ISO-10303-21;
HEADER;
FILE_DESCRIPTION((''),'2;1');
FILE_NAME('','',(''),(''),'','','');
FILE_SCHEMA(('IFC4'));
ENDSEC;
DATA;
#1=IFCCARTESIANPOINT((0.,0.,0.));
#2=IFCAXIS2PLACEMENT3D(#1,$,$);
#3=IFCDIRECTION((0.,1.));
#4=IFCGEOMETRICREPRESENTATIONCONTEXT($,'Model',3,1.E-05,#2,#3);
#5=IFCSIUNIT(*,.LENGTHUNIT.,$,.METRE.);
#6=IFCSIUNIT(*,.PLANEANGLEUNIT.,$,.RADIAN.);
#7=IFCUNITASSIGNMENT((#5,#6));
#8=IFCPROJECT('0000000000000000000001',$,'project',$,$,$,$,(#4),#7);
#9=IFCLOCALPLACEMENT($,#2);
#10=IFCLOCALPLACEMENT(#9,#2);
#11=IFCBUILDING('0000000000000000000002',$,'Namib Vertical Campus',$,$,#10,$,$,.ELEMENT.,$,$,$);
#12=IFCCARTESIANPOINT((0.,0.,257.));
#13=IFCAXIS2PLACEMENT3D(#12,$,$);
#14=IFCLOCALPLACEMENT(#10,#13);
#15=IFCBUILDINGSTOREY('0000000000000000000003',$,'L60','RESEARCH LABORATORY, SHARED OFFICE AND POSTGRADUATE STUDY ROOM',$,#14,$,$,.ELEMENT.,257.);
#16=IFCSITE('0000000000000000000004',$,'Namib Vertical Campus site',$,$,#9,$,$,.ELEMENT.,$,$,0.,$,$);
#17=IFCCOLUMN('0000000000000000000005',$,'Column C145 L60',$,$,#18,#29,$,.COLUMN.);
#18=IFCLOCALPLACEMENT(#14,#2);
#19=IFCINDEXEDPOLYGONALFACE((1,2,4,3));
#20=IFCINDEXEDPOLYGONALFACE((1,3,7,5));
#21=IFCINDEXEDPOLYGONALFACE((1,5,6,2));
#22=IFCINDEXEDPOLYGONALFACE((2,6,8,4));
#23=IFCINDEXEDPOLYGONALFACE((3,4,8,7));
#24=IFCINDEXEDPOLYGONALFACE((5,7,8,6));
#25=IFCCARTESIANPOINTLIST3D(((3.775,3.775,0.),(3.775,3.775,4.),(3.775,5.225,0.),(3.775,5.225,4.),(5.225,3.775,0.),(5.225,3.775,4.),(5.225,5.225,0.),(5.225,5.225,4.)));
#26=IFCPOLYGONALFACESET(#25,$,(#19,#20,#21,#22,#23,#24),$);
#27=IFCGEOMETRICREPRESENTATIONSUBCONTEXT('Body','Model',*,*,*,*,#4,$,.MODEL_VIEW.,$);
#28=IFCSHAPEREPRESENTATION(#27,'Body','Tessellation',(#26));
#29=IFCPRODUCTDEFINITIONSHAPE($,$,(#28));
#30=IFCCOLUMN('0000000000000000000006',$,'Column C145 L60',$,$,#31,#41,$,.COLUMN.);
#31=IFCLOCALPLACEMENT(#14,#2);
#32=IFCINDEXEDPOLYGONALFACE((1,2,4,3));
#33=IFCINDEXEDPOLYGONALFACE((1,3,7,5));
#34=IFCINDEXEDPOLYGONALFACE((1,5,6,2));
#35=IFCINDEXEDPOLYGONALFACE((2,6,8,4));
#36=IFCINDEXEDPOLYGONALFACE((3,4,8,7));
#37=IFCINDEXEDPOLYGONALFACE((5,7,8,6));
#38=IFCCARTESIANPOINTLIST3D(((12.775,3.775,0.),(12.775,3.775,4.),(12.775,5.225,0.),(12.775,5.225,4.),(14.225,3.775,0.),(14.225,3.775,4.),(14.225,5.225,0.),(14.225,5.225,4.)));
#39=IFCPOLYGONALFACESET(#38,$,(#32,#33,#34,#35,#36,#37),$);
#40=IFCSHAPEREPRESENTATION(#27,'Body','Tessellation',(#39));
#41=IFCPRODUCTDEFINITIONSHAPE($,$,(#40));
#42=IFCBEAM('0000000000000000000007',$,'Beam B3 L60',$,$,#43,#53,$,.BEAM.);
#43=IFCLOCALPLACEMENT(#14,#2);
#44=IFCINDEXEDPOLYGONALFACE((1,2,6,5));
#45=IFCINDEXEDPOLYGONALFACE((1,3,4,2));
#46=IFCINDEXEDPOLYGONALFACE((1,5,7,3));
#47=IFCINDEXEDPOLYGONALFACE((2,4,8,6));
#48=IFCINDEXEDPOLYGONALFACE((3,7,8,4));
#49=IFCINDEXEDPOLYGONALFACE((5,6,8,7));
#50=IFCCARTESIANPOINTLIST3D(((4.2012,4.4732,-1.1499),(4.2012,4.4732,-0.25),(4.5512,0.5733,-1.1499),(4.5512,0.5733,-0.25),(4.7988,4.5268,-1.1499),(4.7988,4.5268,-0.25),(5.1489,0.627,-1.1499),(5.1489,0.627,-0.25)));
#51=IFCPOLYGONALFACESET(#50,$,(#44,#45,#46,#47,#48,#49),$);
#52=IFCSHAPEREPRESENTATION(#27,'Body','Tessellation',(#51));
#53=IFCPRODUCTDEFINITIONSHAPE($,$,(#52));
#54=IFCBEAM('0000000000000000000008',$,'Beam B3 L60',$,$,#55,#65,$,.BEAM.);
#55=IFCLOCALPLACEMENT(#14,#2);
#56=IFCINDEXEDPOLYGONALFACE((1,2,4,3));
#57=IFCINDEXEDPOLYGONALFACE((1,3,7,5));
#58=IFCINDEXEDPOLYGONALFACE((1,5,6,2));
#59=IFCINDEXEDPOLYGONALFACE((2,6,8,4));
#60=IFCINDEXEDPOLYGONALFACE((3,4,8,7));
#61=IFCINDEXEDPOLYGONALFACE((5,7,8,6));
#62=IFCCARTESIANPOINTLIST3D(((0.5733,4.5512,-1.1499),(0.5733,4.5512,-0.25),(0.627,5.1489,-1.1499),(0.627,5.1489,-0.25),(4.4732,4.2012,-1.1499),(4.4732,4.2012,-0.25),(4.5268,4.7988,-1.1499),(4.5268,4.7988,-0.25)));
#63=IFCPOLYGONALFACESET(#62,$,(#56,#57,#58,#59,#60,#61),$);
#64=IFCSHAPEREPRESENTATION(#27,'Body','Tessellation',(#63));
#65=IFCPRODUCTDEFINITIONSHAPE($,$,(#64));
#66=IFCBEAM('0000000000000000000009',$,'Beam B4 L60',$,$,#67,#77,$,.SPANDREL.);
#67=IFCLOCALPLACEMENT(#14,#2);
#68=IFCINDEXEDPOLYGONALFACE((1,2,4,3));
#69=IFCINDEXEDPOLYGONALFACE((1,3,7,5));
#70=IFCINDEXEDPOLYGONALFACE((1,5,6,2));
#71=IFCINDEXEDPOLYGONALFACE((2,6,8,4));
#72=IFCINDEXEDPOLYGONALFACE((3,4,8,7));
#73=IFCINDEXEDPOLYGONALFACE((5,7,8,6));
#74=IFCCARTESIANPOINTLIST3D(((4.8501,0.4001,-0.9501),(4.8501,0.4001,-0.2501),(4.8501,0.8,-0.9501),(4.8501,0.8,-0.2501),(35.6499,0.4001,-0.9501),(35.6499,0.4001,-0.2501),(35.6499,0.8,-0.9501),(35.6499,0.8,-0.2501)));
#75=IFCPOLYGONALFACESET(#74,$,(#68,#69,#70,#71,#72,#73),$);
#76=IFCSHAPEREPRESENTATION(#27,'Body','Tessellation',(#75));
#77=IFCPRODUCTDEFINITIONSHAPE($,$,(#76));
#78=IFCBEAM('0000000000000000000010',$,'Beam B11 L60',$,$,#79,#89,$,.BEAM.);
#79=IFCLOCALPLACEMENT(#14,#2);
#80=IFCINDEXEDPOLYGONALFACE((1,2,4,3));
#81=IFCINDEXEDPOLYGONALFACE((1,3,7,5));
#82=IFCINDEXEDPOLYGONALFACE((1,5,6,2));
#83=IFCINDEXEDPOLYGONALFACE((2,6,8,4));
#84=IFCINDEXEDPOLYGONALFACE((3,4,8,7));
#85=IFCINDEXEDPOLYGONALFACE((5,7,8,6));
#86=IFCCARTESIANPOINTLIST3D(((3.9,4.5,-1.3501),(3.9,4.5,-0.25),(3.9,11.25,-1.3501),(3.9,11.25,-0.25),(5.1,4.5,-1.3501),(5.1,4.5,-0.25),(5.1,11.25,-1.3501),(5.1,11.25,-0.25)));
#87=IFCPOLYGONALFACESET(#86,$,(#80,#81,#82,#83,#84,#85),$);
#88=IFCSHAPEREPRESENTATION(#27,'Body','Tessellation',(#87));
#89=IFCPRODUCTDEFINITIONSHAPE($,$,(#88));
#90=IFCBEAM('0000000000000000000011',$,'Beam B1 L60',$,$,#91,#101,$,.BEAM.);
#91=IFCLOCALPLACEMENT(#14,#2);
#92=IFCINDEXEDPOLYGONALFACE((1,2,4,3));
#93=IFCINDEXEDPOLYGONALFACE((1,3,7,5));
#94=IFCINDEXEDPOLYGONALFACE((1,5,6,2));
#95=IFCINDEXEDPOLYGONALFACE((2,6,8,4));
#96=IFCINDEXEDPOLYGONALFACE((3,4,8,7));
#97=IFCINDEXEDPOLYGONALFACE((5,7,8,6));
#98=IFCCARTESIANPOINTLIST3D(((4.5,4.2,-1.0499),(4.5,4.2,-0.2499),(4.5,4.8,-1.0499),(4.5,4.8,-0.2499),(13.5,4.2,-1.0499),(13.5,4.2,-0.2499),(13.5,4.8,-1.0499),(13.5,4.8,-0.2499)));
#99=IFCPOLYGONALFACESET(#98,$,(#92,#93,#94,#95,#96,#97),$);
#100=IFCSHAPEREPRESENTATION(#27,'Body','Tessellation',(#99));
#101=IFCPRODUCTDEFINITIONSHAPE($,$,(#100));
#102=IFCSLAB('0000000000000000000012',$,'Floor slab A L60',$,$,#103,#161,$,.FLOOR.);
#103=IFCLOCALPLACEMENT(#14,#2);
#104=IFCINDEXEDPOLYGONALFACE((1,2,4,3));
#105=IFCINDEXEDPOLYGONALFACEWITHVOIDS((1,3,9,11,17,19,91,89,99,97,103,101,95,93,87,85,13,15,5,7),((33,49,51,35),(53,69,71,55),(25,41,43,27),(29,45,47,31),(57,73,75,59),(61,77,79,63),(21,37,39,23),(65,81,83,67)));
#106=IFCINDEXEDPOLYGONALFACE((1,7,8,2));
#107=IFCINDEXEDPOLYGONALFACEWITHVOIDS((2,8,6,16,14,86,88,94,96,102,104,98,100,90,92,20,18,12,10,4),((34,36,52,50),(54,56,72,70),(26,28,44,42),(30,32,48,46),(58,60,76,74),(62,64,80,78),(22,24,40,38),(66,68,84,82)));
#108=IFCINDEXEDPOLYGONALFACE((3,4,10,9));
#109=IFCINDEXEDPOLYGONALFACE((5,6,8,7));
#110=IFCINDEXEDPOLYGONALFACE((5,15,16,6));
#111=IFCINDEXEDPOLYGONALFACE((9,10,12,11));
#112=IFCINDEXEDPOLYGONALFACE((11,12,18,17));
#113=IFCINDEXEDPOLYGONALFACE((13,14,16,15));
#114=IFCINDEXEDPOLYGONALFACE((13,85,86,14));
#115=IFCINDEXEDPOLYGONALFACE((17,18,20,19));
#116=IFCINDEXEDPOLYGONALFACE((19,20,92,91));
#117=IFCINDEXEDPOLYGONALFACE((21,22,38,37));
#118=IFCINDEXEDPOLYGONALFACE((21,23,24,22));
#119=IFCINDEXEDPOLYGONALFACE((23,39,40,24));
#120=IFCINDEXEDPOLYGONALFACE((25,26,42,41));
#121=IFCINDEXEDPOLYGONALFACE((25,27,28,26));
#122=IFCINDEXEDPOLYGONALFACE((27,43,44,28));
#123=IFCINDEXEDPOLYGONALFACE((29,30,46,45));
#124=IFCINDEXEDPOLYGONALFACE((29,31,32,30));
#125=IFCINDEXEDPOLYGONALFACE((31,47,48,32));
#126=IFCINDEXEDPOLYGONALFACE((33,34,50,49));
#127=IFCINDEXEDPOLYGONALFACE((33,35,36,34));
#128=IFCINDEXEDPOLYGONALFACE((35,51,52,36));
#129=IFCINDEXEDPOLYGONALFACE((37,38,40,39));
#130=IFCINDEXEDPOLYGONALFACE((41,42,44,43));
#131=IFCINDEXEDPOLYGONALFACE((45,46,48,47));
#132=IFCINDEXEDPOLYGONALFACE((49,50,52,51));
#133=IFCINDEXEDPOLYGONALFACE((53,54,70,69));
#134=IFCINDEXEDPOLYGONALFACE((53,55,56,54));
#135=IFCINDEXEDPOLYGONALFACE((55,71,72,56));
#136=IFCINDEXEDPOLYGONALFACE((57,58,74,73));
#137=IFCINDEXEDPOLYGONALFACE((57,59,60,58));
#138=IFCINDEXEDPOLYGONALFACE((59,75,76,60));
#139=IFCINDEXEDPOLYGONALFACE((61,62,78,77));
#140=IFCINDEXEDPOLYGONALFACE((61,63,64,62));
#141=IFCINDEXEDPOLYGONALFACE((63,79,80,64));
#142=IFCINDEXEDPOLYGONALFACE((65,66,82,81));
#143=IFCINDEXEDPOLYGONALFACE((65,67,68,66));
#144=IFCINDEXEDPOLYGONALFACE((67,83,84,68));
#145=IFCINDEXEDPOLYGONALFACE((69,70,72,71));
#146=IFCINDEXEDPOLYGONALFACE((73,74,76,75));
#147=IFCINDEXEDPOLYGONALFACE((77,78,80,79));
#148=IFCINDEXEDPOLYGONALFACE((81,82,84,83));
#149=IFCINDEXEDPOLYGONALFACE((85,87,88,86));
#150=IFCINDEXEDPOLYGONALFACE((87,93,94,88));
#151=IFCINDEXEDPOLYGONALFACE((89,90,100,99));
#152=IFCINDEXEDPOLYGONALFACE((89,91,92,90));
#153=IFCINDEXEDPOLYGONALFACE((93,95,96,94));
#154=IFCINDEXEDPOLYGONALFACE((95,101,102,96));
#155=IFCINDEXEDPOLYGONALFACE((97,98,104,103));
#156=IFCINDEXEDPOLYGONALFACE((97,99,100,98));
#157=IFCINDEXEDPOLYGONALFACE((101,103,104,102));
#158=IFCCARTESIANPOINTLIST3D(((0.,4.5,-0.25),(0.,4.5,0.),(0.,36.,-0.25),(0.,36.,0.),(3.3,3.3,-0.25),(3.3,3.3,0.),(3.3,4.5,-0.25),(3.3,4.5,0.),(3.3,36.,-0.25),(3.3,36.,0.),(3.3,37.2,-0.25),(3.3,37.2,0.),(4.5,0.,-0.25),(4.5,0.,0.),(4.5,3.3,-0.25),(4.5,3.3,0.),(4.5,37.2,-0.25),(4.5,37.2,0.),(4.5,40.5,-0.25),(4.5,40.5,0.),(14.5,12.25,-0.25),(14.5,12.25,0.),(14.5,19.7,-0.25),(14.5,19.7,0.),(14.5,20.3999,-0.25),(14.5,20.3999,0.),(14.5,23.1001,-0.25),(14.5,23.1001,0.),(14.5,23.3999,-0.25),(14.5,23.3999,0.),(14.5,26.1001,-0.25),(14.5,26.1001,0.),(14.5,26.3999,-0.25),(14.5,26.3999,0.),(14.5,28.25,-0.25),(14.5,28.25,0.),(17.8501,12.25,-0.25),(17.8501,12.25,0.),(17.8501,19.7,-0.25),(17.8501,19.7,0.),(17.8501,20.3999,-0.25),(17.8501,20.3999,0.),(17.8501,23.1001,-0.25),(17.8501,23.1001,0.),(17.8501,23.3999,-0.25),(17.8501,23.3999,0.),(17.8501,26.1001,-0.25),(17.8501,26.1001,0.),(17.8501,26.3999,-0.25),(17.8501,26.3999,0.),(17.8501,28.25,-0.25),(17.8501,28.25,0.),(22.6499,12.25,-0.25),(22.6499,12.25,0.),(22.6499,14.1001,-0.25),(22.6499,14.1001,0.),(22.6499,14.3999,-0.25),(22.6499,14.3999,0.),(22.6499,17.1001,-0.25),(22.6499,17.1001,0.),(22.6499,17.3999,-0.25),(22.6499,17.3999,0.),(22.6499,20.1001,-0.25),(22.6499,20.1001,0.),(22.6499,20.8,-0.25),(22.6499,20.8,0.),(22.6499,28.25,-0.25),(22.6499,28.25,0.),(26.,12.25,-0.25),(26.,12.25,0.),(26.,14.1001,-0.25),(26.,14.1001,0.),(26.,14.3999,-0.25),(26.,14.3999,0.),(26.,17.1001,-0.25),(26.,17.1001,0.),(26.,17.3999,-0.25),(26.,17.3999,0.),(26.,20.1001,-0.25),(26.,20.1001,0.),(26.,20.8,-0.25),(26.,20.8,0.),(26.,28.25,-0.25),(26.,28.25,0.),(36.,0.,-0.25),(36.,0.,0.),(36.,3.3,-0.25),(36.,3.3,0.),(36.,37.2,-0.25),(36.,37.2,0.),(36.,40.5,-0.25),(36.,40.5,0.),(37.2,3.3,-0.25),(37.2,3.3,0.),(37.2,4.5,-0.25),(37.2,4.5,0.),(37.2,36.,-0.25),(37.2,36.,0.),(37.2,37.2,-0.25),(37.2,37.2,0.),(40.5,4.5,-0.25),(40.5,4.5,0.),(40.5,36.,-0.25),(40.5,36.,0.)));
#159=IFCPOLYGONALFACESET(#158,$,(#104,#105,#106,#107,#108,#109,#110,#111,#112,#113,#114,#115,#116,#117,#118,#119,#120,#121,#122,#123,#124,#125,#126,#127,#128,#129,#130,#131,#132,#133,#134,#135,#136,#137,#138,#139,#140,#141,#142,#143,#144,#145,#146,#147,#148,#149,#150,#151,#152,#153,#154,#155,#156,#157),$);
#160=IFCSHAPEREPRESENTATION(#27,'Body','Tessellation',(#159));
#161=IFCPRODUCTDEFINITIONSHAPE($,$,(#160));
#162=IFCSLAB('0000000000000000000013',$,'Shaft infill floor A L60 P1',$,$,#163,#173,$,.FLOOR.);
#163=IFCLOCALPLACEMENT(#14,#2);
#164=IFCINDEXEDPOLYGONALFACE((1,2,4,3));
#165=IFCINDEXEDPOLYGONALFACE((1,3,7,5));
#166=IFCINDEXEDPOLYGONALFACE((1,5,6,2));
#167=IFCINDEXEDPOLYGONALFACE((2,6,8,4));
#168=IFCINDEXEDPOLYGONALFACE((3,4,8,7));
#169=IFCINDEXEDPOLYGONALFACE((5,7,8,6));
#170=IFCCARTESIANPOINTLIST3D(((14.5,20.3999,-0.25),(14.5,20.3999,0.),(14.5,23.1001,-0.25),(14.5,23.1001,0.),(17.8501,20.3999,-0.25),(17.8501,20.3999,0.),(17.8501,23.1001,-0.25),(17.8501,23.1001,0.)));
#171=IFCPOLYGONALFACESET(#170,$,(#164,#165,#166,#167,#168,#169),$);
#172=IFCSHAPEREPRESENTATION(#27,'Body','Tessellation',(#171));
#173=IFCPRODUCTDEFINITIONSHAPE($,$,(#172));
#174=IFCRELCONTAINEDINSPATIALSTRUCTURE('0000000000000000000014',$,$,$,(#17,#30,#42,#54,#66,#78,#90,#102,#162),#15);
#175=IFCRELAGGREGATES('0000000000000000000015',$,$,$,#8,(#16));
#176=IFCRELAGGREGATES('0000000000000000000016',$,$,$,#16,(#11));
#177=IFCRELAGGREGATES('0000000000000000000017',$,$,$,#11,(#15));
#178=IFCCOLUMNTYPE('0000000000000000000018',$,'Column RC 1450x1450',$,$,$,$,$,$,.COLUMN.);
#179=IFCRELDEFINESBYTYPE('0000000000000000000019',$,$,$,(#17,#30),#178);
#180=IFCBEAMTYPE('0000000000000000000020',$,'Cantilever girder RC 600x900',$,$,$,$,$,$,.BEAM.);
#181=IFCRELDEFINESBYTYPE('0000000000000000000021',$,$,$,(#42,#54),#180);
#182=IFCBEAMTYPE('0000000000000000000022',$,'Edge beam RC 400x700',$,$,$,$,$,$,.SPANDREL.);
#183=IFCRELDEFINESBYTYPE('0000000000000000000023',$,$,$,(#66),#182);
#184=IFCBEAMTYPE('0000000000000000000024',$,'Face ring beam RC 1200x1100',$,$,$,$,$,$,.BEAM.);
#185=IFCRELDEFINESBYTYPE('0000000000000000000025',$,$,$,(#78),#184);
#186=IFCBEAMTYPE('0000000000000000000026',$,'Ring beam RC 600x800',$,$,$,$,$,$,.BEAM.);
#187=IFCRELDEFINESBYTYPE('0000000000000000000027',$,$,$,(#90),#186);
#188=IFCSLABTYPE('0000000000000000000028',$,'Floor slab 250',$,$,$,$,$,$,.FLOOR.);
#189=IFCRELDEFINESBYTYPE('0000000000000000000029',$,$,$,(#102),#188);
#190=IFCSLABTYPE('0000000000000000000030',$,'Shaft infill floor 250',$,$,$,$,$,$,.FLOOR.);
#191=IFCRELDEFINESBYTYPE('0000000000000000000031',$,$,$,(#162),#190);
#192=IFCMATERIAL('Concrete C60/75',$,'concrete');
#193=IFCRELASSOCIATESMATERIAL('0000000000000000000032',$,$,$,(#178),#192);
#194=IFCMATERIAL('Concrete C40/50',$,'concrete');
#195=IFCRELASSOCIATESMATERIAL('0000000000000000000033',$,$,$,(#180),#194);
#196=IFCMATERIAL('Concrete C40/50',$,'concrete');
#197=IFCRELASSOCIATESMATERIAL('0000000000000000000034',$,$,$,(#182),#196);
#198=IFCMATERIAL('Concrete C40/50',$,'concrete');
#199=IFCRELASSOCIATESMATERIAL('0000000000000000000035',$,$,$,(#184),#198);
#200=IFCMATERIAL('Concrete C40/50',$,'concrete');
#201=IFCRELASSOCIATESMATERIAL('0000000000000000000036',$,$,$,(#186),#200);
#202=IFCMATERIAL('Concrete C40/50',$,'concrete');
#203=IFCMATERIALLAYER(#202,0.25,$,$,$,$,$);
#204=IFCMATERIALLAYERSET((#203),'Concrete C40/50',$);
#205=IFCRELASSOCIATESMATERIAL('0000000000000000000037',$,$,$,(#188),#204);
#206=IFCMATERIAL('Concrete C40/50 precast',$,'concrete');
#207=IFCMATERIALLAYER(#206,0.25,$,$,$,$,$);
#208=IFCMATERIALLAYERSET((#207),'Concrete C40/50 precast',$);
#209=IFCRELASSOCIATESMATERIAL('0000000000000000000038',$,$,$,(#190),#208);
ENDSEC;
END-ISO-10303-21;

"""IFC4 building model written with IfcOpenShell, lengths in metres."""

from ifc_helpers import new_model, si_unit, direction, frame, origin, origin_2d, place, context, subcontext, project, spatial, polyline, rectangle, outline, extrude, material, layer, layer_set, material_profile, profile_set, type_object, element, save


model = new_model("IFC4")

# Units and contexts
model_context = context("Model", 3, precision=1e-05, world=origin(), true_north=direction((0.0, 1.0)))
body_context = subcontext(model_context, "Body", "Model", "MODEL_VIEW")
ifc_project = project(units=[si_unit("LENGTHUNIT", "METRE"), si_unit("PLANEANGLEUNIT", "RADIAN")], contexts=[model_context])

# Site, building, storey
site_placement = place(None, origin())
site = spatial("IfcSite", under=ifc_project, at=site_placement, Name="Namib Vertical Campus site", CompositionType="ELEMENT", RefElevation=0.0)
building_placement = place(site_placement, origin())
building = spatial("IfcBuilding", under=site, at=building_placement, Name="Namib Vertical Campus", CompositionType="ELEMENT")
storey_placement = place(building_placement, frame((0.0, 0.0, 257.0)))
storey = spatial("IfcBuildingStorey", under=building, at=storey_placement, Name="L60", Description="RESEARCH LABORATORY, SHARED OFFICE AND POSTGRADUATE STUDY ROOM", CompositionType="ELEMENT", Elevation=257.0)

# Columns
ifc_material_1 = material(Name="Concrete C60/75", Category="concrete")
ifc_material_profile_1 = material_profile(ifc_material_1, rectangle(XDim=1.45, YDim=1.45, at=origin_2d()))
ifc_profile_set_1 = profile_set([ifc_material_profile_1], Name="Concrete C60/75")
column_type = type_object("IfcColumnType", Name="Column RC 1450x1450", PredefinedType="COLUMN", material=ifc_profile_set_1)
for number, where, z_axis, x_axis, name in (
    (1, (4.5, 4.5, 0.0), (0.0, 0.0, 1.0), (1.0, 0.0, 0.0), "Column C145 L60"),
    (2, (13.5, 4.5, 0.0), (0.0, 0.0, 1.0), (1.0, 0.0, 0.0), "Column C145 L60"),
):
    element("IfcColumn", number, at=place(storey_placement, frame(where, z_axis=z_axis, x_axis=x_axis)), inside=storey, type_object=column_type, Name=name, PredefinedType="COLUMN", context=body_context, shape_type="SweptSolid", body=[
        extrude(rectangle(XDim=1.45, YDim=1.45, at=origin_2d()), origin(), (0.0, 0.0, 1.0), 4.0),
    ])

# Beams
ifc_material_2 = material(Name="Concrete C40/50", Category="concrete")
ifc_material_profile_2 = material_profile(ifc_material_2, rectangle(XDim=0.6001, YDim=0.8999, at=origin_2d()))
ifc_profile_set_2 = profile_set([ifc_material_profile_2], Name="Concrete C40/50")
beam_type_1 = type_object("IfcBeamType", Name="Cantilever girder RC 600x900", PredefinedType="BEAM", material=ifc_profile_set_2)
for number, where, z_axis, x_axis, name in (
    (3, (4.5, 4.5, -0.7), (0.089411, -0.995995, 0.0), (0.995995, 0.089411, 0.0), "Beam B3 L60"),
    (4, (4.5, 4.5, -0.7), (-0.995995, 0.089411, 0.0), (-0.089411, -0.995995, 0.0), "Beam B3 L60"),
):
    element("IfcBeam", number, at=place(storey_placement, frame(where, z_axis=z_axis, x_axis=x_axis)), inside=storey, type_object=beam_type_1, Name=name, PredefinedType="BEAM", context=body_context, shape_type="SweptSolid", body=[
        extrude(rectangle(XDim=0.6001, YDim=0.8999, at=origin_2d()), origin(), (0.0, 0.0, 1.0), 3.9155),
    ])
ifc_material_3 = material(Name="Concrete C40/50", Category="concrete")
ifc_material_profile_3 = material_profile(ifc_material_3, rectangle(XDim=0.3999, YDim=0.7, at=origin_2d()))
ifc_profile_set_3 = profile_set([ifc_material_profile_3], Name="Concrete C40/50")
beam_type_2 = type_object("IfcBeamType", Name="Edge beam RC 400x700", PredefinedType="SPANDREL", material=ifc_profile_set_3)
beam_1_placement = place(storey_placement, frame((4.8501, 0.6001, -0.6001), z_axis=(1.0, 0.0, 0.0), x_axis=(0.0, 1.0, 0.0)))
element("IfcBeam", 5, at=beam_1_placement, inside=storey, type_object=beam_type_2, Name="Beam B4 L60", PredefinedType="SPANDREL", context=body_context, shape_type="SweptSolid", body=[
    extrude(rectangle(XDim=0.3999, YDim=0.7, at=origin_2d()), origin(), (0.0, 0.0, 1.0), 30.7998),
])
ifc_material_4 = material(Name="Concrete C40/50", Category="concrete")
ifc_material_profile_4 = material_profile(ifc_material_4, rectangle(XDim=1.2, YDim=1.1001, at=origin_2d()))
ifc_profile_set_4 = profile_set([ifc_material_profile_4], Name="Concrete C40/50")
beam_type_3 = type_object("IfcBeamType", Name="Face ring beam RC 1200x1100", PredefinedType="BEAM", material=ifc_profile_set_4)
beam_2_placement = place(storey_placement, frame((4.5, 4.5, -0.8), z_axis=(0.0, 1.0, 0.0), x_axis=(-1.0, 0.0, 0.0)))
element("IfcBeam", 6, at=beam_2_placement, inside=storey, type_object=beam_type_3, Name="Beam B11 L60", PredefinedType="BEAM", context=body_context, shape_type="SweptSolid", body=[
    extrude(rectangle(XDim=1.2, YDim=1.1001, at=origin_2d()), origin(), (0.0, 0.0, 1.0), 6.75),
])
ifc_material_5 = material(Name="Concrete C40/50", Category="concrete")
ifc_material_profile_5 = material_profile(ifc_material_5, rectangle(XDim=0.6001, YDim=0.8, at=origin_2d()))
ifc_profile_set_5 = profile_set([ifc_material_profile_5], Name="Concrete C40/50")
beam_type_4 = type_object("IfcBeamType", Name="Ring beam RC 600x800", PredefinedType="BEAM", material=ifc_profile_set_5)
beam_3_placement = place(storey_placement, frame((4.5, 4.5, -0.6499), z_axis=(1.0, 0.0, 0.0), x_axis=(0.0, 1.0, 0.0)))
element("IfcBeam", 7, at=beam_3_placement, inside=storey, type_object=beam_type_4, Name="Beam B1 L60", PredefinedType="BEAM", context=body_context, shape_type="SweptSolid", body=[
    extrude(rectangle(XDim=0.6001, YDim=0.8, at=origin_2d()), origin(), (0.0, 0.0, 1.0), 9.0),
])

# Slabs
ifc_material_6 = material(Name="Concrete C40/50", Category="concrete")
ifc_layer_1 = layer(ifc_material_6, 0.25)
ifc_layer_set_1 = layer_set([ifc_layer_1], Name="Concrete C40/50")
slab_type_1 = type_object("IfcSlabType", Name="Floor slab 250", PredefinedType="FLOOR", material=ifc_layer_set_1)
slab_1_placement = place(storey_placement, frame((0.0, 0.0, -0.25)))
element("IfcSlab", 8, at=slab_1_placement, inside=storey, type_object=slab_type_1, Name="Floor slab A L60", PredefinedType="FLOOR", context=body_context, shape_type="SweptSolid", body=[
    extrude(outline(polyline([(4.5, 0.0), (36.0, 0.0), (36.0, 3.3), (37.2, 3.3), (37.2, 4.5), (40.5, 4.5), (40.5, 36.0), (37.2, 36.0), (37.2, 37.2), (36.0, 37.2), (36.0, 40.5), (4.5, 40.5), (4.5, 37.2), (3.3, 37.2), (3.3, 36.0), (0.0, 36.0), (0.0, 4.5), (3.3, 4.5), (3.3, 3.3), (4.5, 3.3), (4.5, 0.0)]), holes=[polyline([(14.5, 12.25), (17.8501, 12.25), (17.8501, 19.7), (14.5, 19.7), (14.5, 12.25)]), polyline([(22.6499, 20.8), (26.0, 20.8), (26.0, 28.25), (22.6499, 28.25), (22.6499, 20.8)]), polyline([(22.6499, 12.25), (26.0, 12.25), (26.0, 14.1001), (22.6499, 14.1001), (22.6499, 12.25)]), polyline([(14.5, 20.3999), (17.8501, 20.3999), (17.8501, 23.1001), (14.5, 23.1001), (14.5, 20.3999)]), polyline([(14.5, 23.3999), (17.8501, 23.3999), (17.8501, 26.1001), (14.5, 26.1001), (14.5, 23.3999)]), polyline([(14.5, 26.3999), (17.8501, 26.3999), (17.8501, 28.25), (14.5, 28.25), (14.5, 26.3999)]), polyline([(22.6499, 14.3999), (26.0, 14.3999), (26.0, 17.1001), (22.6499, 17.1001), (22.6499, 14.3999)]), polyline([(22.6499, 17.3999), (26.0, 17.3999), (26.0, 20.1001), (22.6499, 20.1001), (22.6499, 17.3999)])]), origin(), (0.0, 0.0, 1.0), 0.25),
])
ifc_material_7 = material(Name="Concrete C40/50 precast", Category="concrete")
ifc_layer_2 = layer(ifc_material_7, 0.25)
ifc_layer_set_2 = layer_set([ifc_layer_2], Name="Concrete C40/50 precast")
slab_type_2 = type_object("IfcSlabType", Name="Shaft infill floor 250", PredefinedType="FLOOR", material=ifc_layer_set_2)
slab_2_placement = place(storey_placement, frame((0.0, 0.0, -0.25)))
element("IfcSlab", 9, at=slab_2_placement, inside=storey, type_object=slab_type_2, Name="Shaft infill floor A L60 P1", PredefinedType="FLOOR", context=body_context, shape_type="SweptSolid", body=[
    extrude(outline(polyline([(14.5, 20.3999), (17.8501, 20.3999), (17.8501, 23.1001), (14.5, 23.1001), (14.5, 20.3999)])), origin(), (0.0, 0.0, 1.0), 0.25),
])

save(model, "model.ifc")
